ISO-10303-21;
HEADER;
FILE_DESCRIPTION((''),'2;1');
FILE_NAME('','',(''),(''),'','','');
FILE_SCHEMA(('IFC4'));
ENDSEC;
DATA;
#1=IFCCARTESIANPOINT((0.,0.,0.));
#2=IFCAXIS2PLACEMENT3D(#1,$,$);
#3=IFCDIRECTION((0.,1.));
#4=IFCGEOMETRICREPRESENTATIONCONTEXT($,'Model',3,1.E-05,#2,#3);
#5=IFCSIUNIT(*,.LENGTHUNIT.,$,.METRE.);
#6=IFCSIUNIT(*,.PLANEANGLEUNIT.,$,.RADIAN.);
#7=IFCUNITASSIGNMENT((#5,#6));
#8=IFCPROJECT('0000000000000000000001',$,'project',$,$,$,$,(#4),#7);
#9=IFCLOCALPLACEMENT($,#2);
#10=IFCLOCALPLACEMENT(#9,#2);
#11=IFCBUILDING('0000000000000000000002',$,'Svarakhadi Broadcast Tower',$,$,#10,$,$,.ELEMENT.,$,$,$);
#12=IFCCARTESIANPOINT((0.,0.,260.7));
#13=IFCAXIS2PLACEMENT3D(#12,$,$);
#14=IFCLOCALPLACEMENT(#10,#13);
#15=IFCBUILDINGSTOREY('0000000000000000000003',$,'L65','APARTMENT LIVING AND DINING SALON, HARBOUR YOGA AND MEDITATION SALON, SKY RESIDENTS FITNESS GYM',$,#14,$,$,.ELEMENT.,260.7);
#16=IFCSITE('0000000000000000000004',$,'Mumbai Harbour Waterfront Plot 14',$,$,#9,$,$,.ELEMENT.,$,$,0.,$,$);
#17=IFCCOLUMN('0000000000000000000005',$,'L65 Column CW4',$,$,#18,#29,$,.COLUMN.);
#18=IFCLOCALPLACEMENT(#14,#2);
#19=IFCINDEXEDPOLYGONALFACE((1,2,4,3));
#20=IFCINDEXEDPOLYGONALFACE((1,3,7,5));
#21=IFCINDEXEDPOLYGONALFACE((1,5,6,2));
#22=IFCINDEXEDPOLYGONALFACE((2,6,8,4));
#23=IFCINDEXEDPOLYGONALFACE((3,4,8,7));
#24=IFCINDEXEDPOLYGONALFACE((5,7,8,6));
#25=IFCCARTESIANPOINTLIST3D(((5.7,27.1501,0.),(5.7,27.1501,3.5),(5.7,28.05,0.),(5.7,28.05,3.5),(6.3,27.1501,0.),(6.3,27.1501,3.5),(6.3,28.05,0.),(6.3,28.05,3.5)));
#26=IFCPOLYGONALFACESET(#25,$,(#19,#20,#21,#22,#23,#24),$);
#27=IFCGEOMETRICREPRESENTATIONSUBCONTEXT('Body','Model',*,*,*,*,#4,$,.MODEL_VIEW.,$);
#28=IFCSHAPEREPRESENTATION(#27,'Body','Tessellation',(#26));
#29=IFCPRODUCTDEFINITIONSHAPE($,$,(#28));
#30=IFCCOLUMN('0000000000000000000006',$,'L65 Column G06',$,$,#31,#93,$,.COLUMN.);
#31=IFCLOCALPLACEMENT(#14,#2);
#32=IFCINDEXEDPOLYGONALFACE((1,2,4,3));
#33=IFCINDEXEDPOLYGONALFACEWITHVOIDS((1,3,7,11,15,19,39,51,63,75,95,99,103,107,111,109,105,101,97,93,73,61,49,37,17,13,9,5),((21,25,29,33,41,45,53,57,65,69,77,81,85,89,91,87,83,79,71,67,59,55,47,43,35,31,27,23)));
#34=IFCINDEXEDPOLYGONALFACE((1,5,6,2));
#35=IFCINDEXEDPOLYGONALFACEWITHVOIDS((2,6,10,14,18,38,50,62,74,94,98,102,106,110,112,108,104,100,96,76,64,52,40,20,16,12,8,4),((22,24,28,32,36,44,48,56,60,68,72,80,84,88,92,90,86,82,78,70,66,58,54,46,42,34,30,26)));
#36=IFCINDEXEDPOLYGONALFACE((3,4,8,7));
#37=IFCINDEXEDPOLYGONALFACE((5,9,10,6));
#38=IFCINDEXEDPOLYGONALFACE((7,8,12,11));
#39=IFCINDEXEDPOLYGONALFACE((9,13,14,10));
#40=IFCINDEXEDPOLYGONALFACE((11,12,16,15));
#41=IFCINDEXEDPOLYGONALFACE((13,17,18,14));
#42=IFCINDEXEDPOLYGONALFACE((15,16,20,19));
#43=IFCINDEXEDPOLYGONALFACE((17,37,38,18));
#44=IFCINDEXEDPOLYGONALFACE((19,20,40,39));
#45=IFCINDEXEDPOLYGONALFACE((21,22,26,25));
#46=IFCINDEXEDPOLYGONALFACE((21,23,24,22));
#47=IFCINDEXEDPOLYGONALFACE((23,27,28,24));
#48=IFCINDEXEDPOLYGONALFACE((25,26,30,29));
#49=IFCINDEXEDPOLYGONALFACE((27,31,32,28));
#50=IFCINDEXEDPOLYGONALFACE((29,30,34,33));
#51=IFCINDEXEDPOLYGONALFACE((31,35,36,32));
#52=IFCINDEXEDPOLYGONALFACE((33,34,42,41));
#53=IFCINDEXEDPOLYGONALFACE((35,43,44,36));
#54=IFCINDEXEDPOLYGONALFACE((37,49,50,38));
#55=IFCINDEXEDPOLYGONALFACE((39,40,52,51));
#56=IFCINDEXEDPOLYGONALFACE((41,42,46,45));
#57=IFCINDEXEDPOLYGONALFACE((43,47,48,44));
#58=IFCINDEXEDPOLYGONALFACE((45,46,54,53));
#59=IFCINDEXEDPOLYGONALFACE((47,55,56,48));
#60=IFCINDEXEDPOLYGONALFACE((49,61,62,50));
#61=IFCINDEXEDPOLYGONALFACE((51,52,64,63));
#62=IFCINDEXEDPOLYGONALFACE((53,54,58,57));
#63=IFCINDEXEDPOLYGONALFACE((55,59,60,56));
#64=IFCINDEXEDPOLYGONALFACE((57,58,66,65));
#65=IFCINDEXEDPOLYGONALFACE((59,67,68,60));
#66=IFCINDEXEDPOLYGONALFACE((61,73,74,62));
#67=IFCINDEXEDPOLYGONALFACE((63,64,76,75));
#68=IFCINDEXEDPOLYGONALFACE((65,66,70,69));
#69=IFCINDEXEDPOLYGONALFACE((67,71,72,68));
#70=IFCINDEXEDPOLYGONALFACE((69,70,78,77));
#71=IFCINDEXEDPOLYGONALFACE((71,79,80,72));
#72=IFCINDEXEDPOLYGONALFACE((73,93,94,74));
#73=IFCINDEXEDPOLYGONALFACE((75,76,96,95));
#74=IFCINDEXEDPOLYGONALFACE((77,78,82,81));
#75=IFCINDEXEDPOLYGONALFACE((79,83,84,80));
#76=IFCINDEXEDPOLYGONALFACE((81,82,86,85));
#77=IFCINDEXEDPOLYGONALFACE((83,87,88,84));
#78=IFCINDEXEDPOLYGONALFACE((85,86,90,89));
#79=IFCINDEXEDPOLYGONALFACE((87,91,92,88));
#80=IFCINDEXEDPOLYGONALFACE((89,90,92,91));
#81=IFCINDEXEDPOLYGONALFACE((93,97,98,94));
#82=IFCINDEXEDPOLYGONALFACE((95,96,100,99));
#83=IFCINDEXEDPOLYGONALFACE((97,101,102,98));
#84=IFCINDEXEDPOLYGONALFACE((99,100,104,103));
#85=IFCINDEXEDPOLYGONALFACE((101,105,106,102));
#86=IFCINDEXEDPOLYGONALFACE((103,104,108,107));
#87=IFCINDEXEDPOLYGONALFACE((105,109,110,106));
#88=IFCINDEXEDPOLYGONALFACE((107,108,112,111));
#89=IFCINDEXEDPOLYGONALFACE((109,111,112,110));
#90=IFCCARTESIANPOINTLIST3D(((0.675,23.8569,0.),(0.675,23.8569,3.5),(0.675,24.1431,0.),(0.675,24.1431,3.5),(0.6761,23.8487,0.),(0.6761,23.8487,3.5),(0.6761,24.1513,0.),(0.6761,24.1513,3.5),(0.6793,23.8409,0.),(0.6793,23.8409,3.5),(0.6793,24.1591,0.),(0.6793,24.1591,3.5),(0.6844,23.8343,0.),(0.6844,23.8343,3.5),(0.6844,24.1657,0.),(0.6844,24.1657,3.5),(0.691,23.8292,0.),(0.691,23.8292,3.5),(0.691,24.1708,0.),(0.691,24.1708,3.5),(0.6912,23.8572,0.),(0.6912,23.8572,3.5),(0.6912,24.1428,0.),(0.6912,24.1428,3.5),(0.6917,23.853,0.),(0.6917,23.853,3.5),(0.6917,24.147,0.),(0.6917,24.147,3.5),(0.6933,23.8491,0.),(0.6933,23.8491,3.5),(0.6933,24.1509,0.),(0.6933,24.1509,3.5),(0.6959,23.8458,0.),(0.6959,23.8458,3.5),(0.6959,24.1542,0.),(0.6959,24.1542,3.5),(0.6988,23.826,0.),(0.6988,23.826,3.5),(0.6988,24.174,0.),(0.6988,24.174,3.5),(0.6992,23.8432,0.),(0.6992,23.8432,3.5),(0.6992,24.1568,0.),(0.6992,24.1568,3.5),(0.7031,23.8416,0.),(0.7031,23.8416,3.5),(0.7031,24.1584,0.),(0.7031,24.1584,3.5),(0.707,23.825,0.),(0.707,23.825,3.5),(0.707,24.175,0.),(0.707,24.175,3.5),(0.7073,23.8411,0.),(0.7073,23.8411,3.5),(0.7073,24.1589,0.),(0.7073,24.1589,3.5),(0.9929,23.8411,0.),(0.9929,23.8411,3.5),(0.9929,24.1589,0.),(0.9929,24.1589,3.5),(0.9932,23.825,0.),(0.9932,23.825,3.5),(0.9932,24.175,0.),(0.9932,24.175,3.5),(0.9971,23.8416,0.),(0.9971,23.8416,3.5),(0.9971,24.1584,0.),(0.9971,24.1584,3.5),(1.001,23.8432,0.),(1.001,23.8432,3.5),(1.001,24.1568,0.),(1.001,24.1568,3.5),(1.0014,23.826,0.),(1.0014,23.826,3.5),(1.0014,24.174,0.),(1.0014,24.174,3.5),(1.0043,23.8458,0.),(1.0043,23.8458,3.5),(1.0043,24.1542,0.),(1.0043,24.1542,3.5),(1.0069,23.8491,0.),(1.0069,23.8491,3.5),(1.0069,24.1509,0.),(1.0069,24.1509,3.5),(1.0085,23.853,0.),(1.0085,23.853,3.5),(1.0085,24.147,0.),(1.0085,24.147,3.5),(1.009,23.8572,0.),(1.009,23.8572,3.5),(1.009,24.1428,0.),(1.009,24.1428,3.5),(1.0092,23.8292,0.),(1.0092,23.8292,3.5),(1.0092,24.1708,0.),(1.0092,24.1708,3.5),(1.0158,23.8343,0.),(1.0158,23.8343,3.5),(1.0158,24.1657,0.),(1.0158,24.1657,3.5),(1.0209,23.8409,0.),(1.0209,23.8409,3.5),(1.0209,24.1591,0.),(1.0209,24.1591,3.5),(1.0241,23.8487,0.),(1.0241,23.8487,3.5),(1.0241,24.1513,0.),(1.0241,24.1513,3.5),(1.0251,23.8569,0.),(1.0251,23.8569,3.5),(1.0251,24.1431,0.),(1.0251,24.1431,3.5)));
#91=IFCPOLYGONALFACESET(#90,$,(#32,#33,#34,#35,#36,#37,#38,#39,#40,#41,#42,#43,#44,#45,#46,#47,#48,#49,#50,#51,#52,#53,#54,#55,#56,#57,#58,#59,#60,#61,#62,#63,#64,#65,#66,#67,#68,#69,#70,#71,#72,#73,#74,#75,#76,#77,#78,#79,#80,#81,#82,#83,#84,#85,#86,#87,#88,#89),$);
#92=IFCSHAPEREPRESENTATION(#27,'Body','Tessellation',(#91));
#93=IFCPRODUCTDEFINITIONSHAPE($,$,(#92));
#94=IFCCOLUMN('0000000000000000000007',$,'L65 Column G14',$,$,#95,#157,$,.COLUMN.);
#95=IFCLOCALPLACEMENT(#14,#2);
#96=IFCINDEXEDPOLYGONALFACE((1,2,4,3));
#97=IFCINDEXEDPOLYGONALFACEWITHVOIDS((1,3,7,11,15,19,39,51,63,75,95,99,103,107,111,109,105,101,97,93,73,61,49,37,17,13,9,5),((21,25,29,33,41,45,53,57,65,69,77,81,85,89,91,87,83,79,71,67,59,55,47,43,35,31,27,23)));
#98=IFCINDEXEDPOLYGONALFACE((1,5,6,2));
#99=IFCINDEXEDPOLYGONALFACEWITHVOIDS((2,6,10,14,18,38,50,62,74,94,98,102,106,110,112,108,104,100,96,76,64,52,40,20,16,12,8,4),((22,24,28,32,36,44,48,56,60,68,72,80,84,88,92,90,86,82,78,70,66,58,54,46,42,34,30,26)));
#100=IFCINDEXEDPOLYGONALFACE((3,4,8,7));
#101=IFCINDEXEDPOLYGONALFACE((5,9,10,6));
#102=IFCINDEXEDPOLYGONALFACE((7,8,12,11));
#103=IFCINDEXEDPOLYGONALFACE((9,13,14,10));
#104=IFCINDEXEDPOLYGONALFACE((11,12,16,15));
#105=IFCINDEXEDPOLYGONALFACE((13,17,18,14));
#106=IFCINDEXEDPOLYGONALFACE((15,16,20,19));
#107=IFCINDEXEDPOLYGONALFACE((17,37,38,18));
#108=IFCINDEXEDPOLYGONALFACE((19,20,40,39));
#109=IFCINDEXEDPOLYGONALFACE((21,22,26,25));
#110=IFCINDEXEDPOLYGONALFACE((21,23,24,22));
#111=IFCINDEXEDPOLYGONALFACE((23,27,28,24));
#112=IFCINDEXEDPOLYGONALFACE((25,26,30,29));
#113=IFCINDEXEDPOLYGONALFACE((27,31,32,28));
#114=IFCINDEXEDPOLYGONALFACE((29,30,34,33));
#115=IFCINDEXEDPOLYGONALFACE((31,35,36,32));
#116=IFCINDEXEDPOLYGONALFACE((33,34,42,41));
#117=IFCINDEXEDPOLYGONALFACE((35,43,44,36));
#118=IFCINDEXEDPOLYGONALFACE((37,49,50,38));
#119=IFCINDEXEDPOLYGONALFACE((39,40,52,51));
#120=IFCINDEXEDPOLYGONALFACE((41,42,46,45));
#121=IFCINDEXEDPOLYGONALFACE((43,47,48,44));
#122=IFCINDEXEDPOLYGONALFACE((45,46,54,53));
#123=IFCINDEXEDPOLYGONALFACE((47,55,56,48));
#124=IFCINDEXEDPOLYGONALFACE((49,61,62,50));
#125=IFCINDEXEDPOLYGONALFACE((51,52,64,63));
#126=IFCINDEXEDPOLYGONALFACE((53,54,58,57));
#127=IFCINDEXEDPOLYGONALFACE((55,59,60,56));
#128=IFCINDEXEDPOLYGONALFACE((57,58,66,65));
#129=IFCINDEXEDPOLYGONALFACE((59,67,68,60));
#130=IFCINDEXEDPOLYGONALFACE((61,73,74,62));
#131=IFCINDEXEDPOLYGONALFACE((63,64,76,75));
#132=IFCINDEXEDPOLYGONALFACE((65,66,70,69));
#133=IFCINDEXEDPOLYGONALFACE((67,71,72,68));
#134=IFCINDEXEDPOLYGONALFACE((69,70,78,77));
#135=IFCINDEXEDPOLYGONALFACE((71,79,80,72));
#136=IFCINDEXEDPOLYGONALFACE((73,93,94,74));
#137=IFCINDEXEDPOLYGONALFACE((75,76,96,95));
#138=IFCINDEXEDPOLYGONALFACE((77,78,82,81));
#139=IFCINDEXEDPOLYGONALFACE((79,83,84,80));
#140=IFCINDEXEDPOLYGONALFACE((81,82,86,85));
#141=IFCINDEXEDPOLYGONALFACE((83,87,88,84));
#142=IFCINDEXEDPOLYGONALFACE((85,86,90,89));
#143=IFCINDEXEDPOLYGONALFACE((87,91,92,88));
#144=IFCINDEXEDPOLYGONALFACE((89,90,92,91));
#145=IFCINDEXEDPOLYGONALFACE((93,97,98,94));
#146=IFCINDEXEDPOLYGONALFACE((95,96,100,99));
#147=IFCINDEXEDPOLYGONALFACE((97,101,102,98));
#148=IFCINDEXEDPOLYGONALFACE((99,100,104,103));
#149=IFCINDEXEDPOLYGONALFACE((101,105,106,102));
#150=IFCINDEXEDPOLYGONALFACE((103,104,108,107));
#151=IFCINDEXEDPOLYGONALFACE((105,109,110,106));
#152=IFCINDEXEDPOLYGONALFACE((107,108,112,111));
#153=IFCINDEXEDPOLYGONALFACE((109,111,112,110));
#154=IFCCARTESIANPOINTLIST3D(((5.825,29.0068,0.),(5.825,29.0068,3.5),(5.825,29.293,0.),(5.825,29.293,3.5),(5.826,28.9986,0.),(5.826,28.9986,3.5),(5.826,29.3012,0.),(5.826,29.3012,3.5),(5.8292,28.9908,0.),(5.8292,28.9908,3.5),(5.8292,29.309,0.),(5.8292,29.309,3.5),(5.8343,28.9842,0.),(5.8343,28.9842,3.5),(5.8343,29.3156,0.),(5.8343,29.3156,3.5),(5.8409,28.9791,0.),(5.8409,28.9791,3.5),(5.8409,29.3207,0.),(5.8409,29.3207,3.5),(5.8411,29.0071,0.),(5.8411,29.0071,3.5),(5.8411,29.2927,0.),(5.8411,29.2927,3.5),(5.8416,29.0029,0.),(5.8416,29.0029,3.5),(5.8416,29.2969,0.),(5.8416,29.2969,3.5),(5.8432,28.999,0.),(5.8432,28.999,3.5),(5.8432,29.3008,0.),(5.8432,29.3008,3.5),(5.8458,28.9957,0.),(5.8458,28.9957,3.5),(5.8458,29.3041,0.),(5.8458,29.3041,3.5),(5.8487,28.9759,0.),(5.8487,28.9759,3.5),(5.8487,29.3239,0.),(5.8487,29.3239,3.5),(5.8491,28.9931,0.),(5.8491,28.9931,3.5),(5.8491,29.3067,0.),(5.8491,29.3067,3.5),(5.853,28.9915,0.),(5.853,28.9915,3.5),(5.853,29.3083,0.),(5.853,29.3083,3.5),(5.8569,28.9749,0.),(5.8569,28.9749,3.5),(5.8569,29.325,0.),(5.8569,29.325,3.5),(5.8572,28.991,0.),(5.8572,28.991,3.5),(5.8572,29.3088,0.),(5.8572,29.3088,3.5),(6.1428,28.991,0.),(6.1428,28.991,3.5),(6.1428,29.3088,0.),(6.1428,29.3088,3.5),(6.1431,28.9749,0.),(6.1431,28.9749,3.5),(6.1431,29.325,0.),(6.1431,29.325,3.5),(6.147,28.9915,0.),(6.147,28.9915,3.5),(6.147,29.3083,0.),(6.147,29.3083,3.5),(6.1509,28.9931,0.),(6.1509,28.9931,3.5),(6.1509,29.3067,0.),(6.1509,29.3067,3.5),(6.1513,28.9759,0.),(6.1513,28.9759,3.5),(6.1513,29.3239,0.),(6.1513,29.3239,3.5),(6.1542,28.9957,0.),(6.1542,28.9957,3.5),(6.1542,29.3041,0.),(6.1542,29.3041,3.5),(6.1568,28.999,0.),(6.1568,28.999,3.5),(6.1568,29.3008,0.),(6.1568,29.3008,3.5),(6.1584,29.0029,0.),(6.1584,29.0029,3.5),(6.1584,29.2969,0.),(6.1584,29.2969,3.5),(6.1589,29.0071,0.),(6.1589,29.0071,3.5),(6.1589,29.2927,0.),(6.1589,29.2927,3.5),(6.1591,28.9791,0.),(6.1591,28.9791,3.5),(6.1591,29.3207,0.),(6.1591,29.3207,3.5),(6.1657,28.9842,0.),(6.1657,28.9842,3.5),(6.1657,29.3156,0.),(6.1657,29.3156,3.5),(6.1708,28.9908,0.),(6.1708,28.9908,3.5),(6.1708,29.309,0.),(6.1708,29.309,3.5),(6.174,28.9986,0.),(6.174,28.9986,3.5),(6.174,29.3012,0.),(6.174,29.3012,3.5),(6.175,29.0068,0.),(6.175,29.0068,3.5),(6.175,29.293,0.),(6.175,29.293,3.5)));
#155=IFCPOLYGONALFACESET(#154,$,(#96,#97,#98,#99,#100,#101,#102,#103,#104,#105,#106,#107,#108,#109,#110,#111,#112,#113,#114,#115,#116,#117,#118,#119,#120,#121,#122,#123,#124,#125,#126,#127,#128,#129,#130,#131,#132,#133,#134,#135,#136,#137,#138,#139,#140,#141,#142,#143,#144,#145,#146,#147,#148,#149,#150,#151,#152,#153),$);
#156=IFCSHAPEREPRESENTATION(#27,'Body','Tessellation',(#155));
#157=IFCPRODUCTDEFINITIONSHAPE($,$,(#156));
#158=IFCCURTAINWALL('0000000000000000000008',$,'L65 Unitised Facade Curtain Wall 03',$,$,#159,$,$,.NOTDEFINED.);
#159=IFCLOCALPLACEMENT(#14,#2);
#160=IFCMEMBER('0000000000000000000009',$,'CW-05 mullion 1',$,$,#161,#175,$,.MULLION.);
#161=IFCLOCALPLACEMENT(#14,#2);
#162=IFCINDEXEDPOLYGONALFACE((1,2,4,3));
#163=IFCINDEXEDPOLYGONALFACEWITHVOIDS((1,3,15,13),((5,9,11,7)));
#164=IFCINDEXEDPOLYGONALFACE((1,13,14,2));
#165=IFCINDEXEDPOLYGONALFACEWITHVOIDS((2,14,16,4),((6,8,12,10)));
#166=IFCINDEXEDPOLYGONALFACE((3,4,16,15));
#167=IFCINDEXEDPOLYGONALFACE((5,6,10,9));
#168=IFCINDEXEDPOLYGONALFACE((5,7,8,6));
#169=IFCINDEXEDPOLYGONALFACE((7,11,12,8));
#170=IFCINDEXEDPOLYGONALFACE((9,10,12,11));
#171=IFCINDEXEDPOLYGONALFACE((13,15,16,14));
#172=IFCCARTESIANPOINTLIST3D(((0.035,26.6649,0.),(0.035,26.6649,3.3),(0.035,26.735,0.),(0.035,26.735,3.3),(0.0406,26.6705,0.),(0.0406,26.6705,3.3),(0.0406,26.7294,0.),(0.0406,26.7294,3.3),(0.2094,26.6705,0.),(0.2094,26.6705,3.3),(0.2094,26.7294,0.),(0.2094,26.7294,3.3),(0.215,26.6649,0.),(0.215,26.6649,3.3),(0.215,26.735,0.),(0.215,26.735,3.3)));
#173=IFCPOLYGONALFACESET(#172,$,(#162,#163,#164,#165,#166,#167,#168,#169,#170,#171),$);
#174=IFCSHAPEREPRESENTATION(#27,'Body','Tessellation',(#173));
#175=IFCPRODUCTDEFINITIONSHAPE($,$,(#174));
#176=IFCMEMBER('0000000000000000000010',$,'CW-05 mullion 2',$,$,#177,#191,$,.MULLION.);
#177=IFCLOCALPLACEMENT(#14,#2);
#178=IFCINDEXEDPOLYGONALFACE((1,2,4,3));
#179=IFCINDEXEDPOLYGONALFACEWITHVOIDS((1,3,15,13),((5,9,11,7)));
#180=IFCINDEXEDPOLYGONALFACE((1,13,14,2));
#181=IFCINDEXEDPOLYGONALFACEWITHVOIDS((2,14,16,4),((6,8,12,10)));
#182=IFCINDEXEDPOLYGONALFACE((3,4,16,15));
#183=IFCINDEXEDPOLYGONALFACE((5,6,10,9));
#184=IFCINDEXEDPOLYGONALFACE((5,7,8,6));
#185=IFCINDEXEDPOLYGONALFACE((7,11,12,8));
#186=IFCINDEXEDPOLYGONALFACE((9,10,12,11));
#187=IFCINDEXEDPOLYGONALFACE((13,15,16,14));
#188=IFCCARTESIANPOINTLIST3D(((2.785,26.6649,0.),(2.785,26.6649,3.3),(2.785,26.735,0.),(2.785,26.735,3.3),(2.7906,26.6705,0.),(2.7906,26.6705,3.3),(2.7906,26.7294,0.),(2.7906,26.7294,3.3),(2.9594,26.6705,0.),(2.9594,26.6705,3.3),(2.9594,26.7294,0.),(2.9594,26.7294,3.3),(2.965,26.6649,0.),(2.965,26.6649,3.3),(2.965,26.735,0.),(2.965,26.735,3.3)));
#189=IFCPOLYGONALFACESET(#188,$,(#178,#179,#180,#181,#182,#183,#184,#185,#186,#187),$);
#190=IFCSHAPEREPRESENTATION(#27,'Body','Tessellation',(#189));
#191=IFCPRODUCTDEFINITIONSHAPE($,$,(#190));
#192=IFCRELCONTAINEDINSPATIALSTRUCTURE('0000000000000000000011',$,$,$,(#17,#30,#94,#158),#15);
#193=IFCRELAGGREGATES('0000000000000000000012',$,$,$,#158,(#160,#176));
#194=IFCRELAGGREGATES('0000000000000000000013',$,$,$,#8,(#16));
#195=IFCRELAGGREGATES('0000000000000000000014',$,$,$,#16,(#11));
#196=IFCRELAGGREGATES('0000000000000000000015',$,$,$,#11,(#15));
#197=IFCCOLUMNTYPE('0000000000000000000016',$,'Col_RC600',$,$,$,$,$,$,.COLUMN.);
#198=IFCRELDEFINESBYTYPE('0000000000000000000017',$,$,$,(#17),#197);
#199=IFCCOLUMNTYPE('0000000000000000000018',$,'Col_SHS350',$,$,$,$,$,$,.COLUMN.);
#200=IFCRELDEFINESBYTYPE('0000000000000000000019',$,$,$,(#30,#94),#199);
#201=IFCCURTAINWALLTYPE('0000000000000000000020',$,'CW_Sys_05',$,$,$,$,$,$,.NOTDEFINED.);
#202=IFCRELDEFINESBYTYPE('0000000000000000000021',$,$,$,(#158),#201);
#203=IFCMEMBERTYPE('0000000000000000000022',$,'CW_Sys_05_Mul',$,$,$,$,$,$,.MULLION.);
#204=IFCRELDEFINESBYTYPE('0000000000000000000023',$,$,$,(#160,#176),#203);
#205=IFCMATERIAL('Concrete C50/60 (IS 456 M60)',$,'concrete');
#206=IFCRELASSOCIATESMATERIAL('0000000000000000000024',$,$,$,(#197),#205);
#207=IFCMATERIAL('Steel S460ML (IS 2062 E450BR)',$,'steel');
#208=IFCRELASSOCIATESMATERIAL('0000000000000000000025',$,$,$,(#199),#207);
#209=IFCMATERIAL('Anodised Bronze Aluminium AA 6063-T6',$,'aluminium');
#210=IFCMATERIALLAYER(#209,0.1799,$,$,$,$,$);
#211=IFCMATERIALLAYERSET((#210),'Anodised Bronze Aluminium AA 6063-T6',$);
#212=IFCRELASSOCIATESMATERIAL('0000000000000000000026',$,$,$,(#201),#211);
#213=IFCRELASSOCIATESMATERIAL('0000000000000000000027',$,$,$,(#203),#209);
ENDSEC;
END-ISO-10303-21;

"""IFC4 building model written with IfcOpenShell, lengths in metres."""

from ifc_helpers import new_model, si_unit, direction, frame, origin, origin_2d, place, context, subcontext, project, spatial, rectangle, hollow_rectangle, extrude, material, layer, layer_set, material_profile, profile_set, type_object, element, aggregate, save


model = new_model("IFC4")

# Units and contexts
model_context = context("Model", 3, precision=1e-05, world=origin(), true_north=direction((0.0, 1.0)))
body_context = subcontext(model_context, "Body", "Model", "MODEL_VIEW")
ifc_project = project(units=[si_unit("LENGTHUNIT", "METRE"), si_unit("PLANEANGLEUNIT", "RADIAN")], contexts=[model_context])

# Site, building, storey
site_placement = place(None, origin())
site = spatial("IfcSite", under=ifc_project, at=site_placement, Name="Mumbai Harbour Waterfront Plot 14", CompositionType="ELEMENT", RefElevation=0.0)
building_placement = place(site_placement, origin())
building = spatial("IfcBuilding", under=site, at=building_placement, Name="Svarakhadi Broadcast Tower", CompositionType="ELEMENT")
storey_placement = place(building_placement, frame((0.0, 0.0, 260.7)))
storey = spatial("IfcBuildingStorey", under=building, at=storey_placement, Name="L65", Description="APARTMENT LIVING AND DINING SALON, HARBOUR YOGA AND MEDITATION SALON, SKY RESIDENTS FITNESS GYM", CompositionType="ELEMENT", Elevation=260.7)

# Columns
ifc_material_1 = material(Name="Concrete C50/60 (IS 456 M60)", Category="concrete")
ifc_material_profile_1 = material_profile(ifc_material_1, rectangle(XDim=0.6001, YDim=0.8999, at=origin_2d()), Name="RC 600x900")
ifc_profile_set_1 = profile_set([ifc_material_profile_1], Name="Concrete C50/60 (IS 456 M60)")
column_type_1 = type_object("IfcColumnType", Name="Col_RC600", PredefinedType="COLUMN", material=ifc_profile_set_1)
column_placement = place(storey_placement, frame((6.0, 27.6001, 0.0), z_axis=(0.0, 0.0, 1.0), x_axis=(1.0, 0.0, 0.0)))
element("IfcColumn", 1, at=column_placement, inside=storey, type_object=column_type_1, Name="L65 Column CW4", PredefinedType="COLUMN", context=body_context, shape_type="SweptSolid", body=[
    extrude(rectangle(XDim=0.6001, YDim=0.8999, at=origin_2d()), origin(), (0.0, 0.0, 1.0), 3.5),
])
ifc_material_2 = material(Name="Steel S460ML (IS 2062 E450BR)", Category="steel")
ifc_material_profile_2 = material_profile(ifc_material_2, hollow_rectangle(XDim=0.3501, YDim=0.3501, WallThickness=0.0161, InnerFilletRadius=0.0161, OuterFilletRadius=0.032, at=origin_2d()), Name="SHS 350x350x16")
ifc_profile_set_2 = profile_set([ifc_material_profile_2], Name="Steel S460ML (IS 2062 E450BR)")
column_type_2 = type_object("IfcColumnType", Name="Col_SHS350", PredefinedType="COLUMN", material=ifc_profile_set_2)
for number, where, z_axis, x_axis, name in (
    (2, (0.8501, 24.0, 0.0), (0.0, 0.0, 1.0), (1.0, 0.0, 0.0), "L65 Column G06"),
    (3, (6.0, 29.1499, 0.0), (0.0, 0.0, 1.0), (1.0, 0.0, 0.0), "L65 Column G14"),
):
    element("IfcColumn", number, at=place(storey_placement, frame(where, z_axis=z_axis, x_axis=x_axis)), inside=storey, type_object=column_type_2, Name=name, PredefinedType="COLUMN", context=body_context, shape_type="SweptSolid", body=[
        extrude(hollow_rectangle(XDim=0.3501, YDim=0.3501, WallThickness=0.0161, InnerFilletRadius=0.0161, OuterFilletRadius=0.032, at=origin_2d()), origin(), (0.0, 0.0, 1.0), 3.5),
    ])

# Curtain wall, members
ifc_material_3 = material(Name="Anodised Bronze Aluminium AA 6063-T6", Category="aluminium")
ifc_layer_1 = layer(ifc_material_3, 0.1799)
ifc_layer_set_1 = layer_set([ifc_layer_1], Name="Anodised Bronze Aluminium AA 6063-T6")
curtain_wall_type = type_object("IfcCurtainWallType", Name="CW_Sys_05", PredefinedType="NOTDEFINED", material=ifc_layer_set_1)
curtain_wall_1_placement = place(storey_placement, origin())
curtain_wall_1 = element("IfcCurtainWall", 4, at=curtain_wall_1_placement, inside=storey, type_object=curtain_wall_type, Name="L65 Unitised Facade Curtain Wall 03", PredefinedType="NOTDEFINED")
ifc_material_profile_3 = material_profile(ifc_material_3, hollow_rectangle(XDim=0.0701, YDim=0.1799, WallThickness=0.0056, at=origin_2d()), Name="ALU MULLION 180x70x6")
ifc_profile_set_3 = profile_set([ifc_material_profile_3], Name="Anodised Bronze Aluminium AA 6063-T6")
member_type_1 = type_object("IfcMemberType", Name="CW_Sys_05_Mul", PredefinedType="MULLION", material=ifc_profile_set_3)
member_1_placement = place(storey_placement, frame((0.125, 26.7, 0.0), z_axis=(0.0, 0.0, 1.0), x_axis=(0.0, 1.0, 0.0)))
member_1 = element("IfcMember", 5, at=member_1_placement, type_object=member_type_1, Name="CW-05 mullion 1", PredefinedType="MULLION", context=body_context, shape_type="SweptSolid", body=[
    extrude(hollow_rectangle(XDim=0.0701, YDim=0.1799, WallThickness=0.0056, at=origin_2d()), origin(), (0.0, 0.0, 1.0), 3.3),
])
member_2_placement = place(storey_placement, frame((2.875, 26.7, 0.0), z_axis=(0.0, 0.0, 1.0), x_axis=(0.0, 1.0, 0.0)))
member_2 = element("IfcMember", 6, at=member_2_placement, type_object=member_type_1, Name="CW-05 mullion 2", PredefinedType="MULLION", context=body_context, shape_type="SweptSolid", body=[
    extrude(hollow_rectangle(XDim=0.0701, YDim=0.1799, WallThickness=0.0056, at=origin_2d()), origin(), (0.0, 0.0, 1.0), 3.3),
])

aggregate(curtain_wall_1, [member_1, member_2])

save(model, "model.ifc")
